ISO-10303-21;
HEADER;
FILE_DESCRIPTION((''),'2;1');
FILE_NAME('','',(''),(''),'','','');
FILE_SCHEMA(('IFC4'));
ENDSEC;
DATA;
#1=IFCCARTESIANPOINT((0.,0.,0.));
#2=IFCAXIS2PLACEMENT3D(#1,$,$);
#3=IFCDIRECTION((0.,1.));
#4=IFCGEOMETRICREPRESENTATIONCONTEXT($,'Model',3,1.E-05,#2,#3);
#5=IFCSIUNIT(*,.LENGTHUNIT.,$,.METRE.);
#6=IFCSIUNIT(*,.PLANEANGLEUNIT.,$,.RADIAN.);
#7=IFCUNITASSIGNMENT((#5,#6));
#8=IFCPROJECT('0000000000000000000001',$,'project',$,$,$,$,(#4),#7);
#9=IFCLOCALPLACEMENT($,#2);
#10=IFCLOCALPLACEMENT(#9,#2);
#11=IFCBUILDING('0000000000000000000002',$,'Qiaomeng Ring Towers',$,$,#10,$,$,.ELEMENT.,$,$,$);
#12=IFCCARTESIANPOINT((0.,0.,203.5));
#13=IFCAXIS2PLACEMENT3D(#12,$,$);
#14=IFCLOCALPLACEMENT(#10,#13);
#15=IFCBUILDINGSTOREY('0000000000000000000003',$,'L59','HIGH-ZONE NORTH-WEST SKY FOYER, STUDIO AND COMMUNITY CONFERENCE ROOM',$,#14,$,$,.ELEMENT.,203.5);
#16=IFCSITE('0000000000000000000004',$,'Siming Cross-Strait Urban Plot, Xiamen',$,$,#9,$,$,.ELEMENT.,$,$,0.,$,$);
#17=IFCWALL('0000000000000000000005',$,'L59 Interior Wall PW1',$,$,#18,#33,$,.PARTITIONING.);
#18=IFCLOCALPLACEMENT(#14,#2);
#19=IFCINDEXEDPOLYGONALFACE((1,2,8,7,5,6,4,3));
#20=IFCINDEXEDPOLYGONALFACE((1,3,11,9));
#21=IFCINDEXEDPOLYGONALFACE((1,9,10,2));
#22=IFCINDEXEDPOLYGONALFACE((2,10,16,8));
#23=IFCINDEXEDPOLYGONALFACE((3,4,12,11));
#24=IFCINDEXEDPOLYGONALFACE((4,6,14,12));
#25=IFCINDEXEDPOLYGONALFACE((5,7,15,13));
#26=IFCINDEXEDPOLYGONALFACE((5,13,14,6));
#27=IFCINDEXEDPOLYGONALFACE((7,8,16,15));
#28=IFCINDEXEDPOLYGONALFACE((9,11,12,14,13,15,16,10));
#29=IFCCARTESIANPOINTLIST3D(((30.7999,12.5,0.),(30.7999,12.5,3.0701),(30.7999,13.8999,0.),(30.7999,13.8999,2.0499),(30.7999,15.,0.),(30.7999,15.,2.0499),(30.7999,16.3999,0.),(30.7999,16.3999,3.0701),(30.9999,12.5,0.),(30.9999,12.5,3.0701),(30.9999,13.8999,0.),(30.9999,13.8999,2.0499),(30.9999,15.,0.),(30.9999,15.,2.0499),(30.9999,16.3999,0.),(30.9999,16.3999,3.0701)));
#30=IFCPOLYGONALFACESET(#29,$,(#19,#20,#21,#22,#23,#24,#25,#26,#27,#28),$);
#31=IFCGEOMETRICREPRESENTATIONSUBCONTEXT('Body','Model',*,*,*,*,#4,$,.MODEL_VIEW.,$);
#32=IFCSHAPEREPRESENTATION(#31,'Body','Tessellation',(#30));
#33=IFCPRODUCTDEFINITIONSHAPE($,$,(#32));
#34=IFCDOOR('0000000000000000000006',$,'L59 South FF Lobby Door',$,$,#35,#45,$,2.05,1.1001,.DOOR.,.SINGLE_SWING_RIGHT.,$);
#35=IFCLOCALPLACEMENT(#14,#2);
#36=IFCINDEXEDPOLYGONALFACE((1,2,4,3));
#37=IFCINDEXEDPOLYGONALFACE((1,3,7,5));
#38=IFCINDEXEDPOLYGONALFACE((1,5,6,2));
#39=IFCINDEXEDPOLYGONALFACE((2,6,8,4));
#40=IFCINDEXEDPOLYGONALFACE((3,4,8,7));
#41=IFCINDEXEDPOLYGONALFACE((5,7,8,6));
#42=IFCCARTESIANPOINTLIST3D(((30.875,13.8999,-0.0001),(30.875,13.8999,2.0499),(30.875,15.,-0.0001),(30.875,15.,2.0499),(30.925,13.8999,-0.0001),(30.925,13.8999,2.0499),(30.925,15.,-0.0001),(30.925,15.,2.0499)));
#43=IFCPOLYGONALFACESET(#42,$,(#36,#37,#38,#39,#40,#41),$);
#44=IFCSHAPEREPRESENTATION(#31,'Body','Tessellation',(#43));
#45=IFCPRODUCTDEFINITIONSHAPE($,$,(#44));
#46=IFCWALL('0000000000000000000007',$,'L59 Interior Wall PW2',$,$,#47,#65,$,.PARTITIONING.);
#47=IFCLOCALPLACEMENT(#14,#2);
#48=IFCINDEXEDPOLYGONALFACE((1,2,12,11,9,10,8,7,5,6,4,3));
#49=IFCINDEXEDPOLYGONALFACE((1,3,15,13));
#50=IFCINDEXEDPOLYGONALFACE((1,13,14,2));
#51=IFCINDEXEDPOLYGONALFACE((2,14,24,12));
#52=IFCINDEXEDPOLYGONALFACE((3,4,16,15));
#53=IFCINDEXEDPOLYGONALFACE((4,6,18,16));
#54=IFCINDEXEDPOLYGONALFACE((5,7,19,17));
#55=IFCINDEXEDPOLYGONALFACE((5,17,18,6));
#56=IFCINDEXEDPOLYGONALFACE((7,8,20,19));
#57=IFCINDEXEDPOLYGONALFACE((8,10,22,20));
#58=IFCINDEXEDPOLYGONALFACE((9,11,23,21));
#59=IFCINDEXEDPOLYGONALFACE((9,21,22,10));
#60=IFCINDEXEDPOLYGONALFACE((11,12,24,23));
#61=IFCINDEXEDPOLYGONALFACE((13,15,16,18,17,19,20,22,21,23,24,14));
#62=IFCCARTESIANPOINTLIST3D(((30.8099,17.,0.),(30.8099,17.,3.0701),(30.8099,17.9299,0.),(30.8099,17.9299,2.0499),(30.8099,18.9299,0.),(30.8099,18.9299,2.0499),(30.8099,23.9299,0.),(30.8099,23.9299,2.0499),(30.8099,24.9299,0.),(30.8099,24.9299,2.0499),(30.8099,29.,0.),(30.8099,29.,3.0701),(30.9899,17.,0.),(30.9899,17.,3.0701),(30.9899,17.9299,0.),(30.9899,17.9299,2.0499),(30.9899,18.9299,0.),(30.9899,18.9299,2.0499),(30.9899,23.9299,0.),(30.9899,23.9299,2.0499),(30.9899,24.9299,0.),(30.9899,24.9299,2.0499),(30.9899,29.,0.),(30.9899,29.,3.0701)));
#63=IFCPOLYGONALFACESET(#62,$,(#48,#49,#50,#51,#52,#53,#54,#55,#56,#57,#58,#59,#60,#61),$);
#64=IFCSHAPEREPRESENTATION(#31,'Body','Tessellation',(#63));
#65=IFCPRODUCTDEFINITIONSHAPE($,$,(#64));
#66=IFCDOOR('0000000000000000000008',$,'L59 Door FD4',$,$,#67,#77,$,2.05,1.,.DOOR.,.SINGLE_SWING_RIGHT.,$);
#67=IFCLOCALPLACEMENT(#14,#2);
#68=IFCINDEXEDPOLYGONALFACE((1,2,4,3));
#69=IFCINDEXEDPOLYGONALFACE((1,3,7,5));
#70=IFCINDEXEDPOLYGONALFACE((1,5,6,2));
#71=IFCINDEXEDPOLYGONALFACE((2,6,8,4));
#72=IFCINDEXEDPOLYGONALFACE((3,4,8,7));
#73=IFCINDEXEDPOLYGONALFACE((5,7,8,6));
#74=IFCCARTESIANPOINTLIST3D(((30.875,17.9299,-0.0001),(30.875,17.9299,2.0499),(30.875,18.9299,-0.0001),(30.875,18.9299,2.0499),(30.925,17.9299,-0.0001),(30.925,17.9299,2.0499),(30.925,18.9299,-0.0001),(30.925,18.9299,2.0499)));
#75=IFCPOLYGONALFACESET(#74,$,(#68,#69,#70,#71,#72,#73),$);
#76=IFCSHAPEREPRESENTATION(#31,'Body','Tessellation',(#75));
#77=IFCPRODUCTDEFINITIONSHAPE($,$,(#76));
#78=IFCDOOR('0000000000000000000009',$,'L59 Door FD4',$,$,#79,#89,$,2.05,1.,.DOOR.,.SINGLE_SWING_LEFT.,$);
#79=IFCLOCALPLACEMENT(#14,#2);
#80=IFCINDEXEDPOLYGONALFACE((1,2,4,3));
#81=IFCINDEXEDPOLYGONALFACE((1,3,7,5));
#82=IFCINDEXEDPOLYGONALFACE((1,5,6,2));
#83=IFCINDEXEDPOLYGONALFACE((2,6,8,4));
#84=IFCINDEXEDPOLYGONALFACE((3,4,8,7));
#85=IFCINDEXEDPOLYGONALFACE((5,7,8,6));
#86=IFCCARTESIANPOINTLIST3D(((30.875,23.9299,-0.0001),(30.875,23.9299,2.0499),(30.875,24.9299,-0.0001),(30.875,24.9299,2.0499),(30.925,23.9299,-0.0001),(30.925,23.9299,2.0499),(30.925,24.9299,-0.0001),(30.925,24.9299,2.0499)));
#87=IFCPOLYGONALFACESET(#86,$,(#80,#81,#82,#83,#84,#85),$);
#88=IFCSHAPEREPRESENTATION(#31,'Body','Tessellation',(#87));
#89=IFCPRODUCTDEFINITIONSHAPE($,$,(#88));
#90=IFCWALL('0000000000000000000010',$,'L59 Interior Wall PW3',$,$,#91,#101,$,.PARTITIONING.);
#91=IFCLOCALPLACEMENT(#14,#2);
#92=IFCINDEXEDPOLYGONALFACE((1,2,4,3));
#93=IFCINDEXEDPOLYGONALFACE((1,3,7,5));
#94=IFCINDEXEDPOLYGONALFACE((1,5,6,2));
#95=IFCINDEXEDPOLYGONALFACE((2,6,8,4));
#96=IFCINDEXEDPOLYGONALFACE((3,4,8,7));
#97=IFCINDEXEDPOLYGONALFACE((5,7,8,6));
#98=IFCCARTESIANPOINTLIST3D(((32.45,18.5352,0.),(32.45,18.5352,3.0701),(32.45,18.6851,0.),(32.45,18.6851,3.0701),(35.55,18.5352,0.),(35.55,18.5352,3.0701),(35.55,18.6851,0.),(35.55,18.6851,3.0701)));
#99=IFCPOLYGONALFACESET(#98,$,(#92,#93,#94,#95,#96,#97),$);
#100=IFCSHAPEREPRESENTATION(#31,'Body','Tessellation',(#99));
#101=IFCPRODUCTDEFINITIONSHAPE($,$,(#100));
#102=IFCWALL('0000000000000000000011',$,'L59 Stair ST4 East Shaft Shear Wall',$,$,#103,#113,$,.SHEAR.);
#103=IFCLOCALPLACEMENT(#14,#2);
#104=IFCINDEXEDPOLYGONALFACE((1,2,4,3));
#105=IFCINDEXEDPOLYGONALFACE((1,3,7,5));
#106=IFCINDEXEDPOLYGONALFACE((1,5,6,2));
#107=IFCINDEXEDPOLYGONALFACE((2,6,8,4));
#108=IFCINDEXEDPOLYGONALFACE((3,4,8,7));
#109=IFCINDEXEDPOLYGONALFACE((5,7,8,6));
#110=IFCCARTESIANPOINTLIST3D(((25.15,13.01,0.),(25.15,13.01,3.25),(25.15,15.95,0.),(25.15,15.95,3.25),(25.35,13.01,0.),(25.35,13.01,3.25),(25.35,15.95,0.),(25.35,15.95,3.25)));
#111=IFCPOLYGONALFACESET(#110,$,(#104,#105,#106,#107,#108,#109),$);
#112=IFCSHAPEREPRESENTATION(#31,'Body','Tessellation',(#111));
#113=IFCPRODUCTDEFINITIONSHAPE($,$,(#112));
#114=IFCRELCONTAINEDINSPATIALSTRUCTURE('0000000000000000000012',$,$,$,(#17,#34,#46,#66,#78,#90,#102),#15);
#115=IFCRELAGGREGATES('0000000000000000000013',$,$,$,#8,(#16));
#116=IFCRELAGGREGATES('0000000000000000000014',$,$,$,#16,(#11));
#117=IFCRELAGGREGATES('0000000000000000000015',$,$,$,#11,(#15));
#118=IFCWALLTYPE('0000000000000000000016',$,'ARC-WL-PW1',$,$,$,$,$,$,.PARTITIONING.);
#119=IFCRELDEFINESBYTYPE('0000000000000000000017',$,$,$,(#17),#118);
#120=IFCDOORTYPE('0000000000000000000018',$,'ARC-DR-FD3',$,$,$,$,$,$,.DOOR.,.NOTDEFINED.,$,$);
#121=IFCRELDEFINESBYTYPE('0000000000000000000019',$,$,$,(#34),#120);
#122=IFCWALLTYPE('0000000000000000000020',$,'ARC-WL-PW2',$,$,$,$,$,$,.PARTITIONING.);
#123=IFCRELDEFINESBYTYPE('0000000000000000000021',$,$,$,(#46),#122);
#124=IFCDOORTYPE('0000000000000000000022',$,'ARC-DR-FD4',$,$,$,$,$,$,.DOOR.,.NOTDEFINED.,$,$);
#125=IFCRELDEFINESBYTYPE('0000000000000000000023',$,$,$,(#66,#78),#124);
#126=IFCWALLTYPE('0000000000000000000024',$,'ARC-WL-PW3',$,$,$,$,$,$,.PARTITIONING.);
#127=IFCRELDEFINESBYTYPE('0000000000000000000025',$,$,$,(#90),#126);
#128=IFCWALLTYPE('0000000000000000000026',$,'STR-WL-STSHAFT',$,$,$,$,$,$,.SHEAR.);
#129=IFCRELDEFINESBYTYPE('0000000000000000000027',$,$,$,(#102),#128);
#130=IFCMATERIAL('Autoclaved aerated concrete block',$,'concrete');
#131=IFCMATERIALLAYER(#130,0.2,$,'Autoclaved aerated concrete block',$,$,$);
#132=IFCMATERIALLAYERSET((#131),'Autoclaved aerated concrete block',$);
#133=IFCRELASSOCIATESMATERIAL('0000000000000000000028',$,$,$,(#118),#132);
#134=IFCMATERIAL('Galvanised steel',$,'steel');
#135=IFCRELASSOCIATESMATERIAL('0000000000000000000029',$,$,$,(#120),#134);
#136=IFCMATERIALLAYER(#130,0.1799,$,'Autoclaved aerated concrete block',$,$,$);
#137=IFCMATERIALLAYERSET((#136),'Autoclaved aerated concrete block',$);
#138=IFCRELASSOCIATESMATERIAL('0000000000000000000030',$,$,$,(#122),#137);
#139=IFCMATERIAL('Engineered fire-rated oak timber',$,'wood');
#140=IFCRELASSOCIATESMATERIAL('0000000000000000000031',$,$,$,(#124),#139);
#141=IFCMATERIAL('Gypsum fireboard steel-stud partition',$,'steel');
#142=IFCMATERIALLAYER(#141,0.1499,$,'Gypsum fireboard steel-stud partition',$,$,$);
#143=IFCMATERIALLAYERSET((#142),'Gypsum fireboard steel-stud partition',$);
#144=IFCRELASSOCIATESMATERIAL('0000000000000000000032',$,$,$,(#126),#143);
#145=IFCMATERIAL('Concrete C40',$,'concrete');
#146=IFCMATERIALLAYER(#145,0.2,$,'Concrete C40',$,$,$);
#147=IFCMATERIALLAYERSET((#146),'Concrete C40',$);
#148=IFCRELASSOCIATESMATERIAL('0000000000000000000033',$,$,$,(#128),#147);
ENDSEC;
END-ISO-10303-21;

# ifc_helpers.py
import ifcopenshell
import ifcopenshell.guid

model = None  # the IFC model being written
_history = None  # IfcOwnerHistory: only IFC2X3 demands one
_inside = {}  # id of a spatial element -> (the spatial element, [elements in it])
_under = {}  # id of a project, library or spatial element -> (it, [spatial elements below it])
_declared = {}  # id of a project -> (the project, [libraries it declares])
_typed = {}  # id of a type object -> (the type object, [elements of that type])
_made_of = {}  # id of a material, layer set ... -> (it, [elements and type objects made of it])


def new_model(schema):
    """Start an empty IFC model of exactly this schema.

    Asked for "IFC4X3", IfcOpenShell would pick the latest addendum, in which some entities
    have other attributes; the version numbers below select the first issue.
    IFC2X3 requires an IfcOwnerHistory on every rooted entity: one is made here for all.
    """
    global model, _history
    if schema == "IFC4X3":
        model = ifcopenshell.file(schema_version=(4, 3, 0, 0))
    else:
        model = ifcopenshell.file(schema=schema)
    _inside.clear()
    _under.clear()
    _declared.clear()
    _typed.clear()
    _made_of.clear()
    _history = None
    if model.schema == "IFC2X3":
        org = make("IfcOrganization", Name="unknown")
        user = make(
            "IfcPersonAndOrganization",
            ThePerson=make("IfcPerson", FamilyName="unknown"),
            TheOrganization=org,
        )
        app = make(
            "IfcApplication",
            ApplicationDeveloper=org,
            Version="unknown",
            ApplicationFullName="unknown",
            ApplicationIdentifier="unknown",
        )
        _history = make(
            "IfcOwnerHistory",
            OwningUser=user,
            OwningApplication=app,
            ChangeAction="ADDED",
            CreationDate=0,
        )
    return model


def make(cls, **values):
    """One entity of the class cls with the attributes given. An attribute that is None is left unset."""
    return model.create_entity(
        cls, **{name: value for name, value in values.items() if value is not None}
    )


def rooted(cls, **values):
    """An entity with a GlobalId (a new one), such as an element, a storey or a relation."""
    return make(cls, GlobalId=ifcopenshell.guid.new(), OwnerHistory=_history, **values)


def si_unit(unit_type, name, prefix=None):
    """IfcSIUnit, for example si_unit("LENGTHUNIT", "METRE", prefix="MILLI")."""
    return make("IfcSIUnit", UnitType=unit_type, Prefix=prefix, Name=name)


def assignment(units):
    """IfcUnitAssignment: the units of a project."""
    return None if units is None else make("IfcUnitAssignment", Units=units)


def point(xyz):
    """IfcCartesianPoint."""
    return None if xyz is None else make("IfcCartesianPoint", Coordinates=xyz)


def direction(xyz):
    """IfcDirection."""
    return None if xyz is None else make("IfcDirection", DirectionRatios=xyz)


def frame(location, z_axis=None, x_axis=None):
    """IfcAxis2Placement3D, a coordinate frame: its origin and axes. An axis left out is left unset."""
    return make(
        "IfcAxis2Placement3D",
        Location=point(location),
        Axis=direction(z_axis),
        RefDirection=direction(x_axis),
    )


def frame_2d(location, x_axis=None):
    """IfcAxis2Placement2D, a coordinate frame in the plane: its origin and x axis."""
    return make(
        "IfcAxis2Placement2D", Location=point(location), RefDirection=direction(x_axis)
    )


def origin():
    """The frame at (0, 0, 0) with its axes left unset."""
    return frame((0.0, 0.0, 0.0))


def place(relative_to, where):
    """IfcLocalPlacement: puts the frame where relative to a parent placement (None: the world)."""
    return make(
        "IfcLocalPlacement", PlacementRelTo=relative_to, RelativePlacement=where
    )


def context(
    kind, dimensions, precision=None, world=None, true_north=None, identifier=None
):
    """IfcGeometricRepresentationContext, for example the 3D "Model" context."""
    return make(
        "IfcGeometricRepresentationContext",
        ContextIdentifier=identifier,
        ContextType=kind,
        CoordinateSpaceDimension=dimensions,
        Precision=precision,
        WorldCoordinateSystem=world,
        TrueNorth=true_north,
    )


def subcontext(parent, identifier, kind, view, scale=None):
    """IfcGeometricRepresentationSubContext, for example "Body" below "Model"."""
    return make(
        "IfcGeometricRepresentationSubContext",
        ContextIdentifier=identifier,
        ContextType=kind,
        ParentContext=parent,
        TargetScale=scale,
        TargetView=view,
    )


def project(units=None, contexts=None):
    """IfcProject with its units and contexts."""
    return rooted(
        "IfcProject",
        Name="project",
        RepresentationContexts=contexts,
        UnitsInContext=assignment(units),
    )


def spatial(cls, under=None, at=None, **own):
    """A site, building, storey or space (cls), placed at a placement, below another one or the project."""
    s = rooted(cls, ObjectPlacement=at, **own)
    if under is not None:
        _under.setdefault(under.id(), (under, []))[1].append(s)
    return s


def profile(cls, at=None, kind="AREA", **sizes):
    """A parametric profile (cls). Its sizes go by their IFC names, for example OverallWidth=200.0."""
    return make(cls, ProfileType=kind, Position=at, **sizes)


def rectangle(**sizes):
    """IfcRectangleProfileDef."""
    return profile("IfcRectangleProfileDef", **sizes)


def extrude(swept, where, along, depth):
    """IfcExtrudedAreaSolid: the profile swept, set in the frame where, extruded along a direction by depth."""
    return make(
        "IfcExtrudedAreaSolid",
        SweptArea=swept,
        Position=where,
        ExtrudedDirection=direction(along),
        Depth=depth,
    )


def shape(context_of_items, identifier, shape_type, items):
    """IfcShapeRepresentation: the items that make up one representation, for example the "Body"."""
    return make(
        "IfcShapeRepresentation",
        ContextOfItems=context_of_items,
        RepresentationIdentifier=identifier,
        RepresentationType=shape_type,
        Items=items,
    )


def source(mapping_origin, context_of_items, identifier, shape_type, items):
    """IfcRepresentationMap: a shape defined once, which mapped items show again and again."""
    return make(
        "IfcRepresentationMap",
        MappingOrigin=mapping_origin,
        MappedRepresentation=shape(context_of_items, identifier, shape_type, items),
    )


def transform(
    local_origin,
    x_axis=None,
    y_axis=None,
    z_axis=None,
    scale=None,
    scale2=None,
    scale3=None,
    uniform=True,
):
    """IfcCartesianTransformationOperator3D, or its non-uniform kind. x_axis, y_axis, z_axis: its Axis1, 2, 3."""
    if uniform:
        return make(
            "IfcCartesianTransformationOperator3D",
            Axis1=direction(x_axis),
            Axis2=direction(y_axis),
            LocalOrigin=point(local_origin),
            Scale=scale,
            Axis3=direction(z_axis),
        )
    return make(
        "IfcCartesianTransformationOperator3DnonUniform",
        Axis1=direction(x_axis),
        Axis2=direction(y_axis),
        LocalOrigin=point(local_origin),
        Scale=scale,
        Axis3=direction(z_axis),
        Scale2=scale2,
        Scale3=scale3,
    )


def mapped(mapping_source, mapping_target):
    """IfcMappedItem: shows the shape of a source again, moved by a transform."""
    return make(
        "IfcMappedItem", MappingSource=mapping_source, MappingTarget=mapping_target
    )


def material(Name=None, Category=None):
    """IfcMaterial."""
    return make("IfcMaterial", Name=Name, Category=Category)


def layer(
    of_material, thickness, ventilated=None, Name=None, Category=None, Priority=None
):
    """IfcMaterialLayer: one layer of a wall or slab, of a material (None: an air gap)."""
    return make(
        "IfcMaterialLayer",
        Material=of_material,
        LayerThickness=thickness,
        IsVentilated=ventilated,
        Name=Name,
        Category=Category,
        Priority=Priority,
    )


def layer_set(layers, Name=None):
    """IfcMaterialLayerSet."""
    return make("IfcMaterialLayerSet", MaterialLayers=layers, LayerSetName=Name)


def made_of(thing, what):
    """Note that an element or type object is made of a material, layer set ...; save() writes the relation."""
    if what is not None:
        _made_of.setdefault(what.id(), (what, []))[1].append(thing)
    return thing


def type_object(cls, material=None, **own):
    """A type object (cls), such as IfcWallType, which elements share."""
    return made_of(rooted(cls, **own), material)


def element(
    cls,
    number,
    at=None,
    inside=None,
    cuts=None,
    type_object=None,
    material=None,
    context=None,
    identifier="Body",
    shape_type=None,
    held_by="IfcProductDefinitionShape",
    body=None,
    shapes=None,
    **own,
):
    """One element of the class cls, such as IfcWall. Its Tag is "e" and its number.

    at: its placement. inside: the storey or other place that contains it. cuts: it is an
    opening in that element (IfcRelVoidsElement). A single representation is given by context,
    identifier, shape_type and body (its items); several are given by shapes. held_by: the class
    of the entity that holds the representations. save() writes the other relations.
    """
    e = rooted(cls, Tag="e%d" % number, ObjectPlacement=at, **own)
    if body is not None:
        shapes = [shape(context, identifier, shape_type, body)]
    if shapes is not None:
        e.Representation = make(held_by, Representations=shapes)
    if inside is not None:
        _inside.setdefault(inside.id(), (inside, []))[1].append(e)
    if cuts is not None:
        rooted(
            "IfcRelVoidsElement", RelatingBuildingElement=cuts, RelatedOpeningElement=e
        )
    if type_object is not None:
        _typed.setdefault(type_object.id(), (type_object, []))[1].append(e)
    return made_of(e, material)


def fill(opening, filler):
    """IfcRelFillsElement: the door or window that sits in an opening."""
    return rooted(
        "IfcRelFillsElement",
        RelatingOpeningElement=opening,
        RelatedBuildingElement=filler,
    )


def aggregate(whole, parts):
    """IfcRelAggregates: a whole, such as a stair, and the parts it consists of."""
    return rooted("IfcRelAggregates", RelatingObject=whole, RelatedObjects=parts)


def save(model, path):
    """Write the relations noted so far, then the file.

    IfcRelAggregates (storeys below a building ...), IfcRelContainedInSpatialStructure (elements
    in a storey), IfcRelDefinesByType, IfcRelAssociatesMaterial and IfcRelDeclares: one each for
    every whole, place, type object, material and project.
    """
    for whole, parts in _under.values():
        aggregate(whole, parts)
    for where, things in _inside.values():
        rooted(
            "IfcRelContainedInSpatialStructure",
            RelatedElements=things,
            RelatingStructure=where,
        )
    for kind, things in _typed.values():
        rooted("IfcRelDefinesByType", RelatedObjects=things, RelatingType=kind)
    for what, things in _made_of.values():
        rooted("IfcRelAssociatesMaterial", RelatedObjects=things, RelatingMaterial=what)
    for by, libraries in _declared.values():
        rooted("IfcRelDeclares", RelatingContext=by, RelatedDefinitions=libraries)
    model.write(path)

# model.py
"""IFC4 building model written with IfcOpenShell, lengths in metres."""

from ifc_helpers import new_model, si_unit, direction, frame, frame_2d, origin, place, context, subcontext, project, spatial, rectangle, extrude, source, transform, mapped, material, layer, layer_set, type_object, element, fill, save


model = new_model("IFC4")

# Units and contexts
model_context = context("Model", 3, precision=1e-05, world=origin(), true_north=direction((0.0, 1.0)))
body_context = subcontext(model_context, "Body", "Model", "MODEL_VIEW")
ifc_project = project(units=[si_unit("LENGTHUNIT", "METRE"), si_unit("PLANEANGLEUNIT", "RADIAN")], contexts=[model_context])

# Site, building, storey
site_placement = place(None, origin())
site = spatial("IfcSite", under=ifc_project, at=site_placement, Name="Siming Cross-Strait Urban Plot, Xiamen", CompositionType="ELEMENT", RefElevation=0.0)
building_placement = place(site_placement, origin())
building = spatial("IfcBuilding", under=site, at=building_placement, Name="Qiaomeng Ring Towers", CompositionType="ELEMENT")
storey_placement = place(building_placement, frame((0.0, 0.0, 203.5)))
storey = spatial("IfcBuildingStorey", under=building, at=storey_placement, Name="L59", Description="HIGH-ZONE NORTH-WEST SKY FOYER, STUDIO AND COMMUNITY CONFERENCE ROOM", CompositionType="ELEMENT", Elevation=203.5)

# Shared definitions
ifc_material_1 = material(Name="Concrete C40", Category="concrete")

# Shared definitions
ifc_material_2 = material(Name="Autoclaved aerated concrete block", Category="concrete")
ifc_layer_1 = layer(ifc_material_2, 0.2, Name="Autoclaved aerated concrete block")
ifc_layer_set_1 = layer_set([ifc_layer_1], Name="Autoclaved aerated concrete block")
wall_type_1 = type_object("IfcWallType", Name="ARC-WL-PW1", PredefinedType="PARTITIONING", material=ifc_layer_set_1)

# Wall, opening, door
wall_1_placement = place(storey_placement, frame((30.8999, 12.5, 0.0), z_axis=(0.0, 0.0, 1.0), x_axis=(0.0, 1.0, 0.0)))
wall_1 = element("IfcWall", 1, at=wall_1_placement, inside=storey, type_object=wall_type_1, Name="L59 Interior Wall PW1", PredefinedType="PARTITIONING", context=body_context, shape_type="SweptSolid", body=[
    extrude(rectangle(XDim=3.8999, YDim=0.2, at=frame_2d((1.95, 0.0))), origin(), (0.0, 0.0, 1.0), 3.0701),
])
opening_1_placement = place(wall_1_placement, frame((1.3999, 0.0, 0.0)))
opening_1 = element("IfcOpeningElement", 2, at=opening_1_placement, cuts=wall_1, PredefinedType="OPENING", context=body_context, shape_type="SweptSolid", body=[
    extrude(rectangle(XDim=1.1001, YDim=2.05, at=frame_2d((0.55, 1.0249))), frame((0.0, 0.1099, 0.0), z_axis=(0.0, -1.0, 0.0), x_axis=(1.0, 0.0, 0.0)), (0.0, 0.0, 1.0), 0.22),
])
ifc_material_3 = material(Name="Galvanised steel", Category="steel")
door_type_1 = type_object("IfcDoorType", Name="ARC-DR-FD3", OperationType="NOTDEFINED", PredefinedType="DOOR", material=ifc_material_3)
shared_shape_1 = source(origin(), body_context, "Body", "SweptSolid", [
    extrude(rectangle(XDim=1.1001, YDim=2.05, at=frame_2d((0.55, 1.0249))), frame((0.0, 0.0249, 0.0), z_axis=(0.0, -1.0, 0.0), x_axis=(1.0, 0.0, 0.0)), (0.0, 0.0, 1.0), 0.05),
])
door_1_placement = place(opening_1_placement, origin())
door_1 = element("IfcDoor", 3, at=door_1_placement, inside=storey, type_object=door_type_1, Name="L59 South FF Lobby Door", OperationType="SINGLE_SWING_RIGHT", OverallHeight=2.05, OverallWidth=1.1001, PredefinedType="DOOR", context=body_context, shape_type="MappedRepresentation", body=[
    mapped(shared_shape_1, transform((0.0, 0.0, 0.0), x_axis=(1.0, 0.0, 0.0), y_axis=(0.0, 1.0, 0.0), z_axis=(0.0, 0.0, 1.0), scale=1.0)),
])
fill(opening_1, door_1)

# Wall, openings, doors
ifc_layer_2 = layer(ifc_material_2, 0.1799, Name="Autoclaved aerated concrete block")
ifc_layer_set_2 = layer_set([ifc_layer_2], Name="Autoclaved aerated concrete block")
wall_type_2 = type_object("IfcWallType", Name="ARC-WL-PW2", PredefinedType="PARTITIONING", material=ifc_layer_set_2)
wall_2_placement = place(storey_placement, frame((30.8999, 17.0, 0.0), z_axis=(0.0, 0.0, 1.0), x_axis=(0.0, 1.0, 0.0)))
wall_2 = element("IfcWall", 4, at=wall_2_placement, inside=storey, type_object=wall_type_2, Name="L59 Interior Wall PW2", PredefinedType="PARTITIONING", context=body_context, shape_type="SweptSolid", body=[
    extrude(rectangle(XDim=12.0, YDim=0.1799, at=frame_2d((6.0, 0.0))), origin(), (0.0, 0.0, 1.0), 3.0701),
])
opening_2_placement = place(wall_2_placement, frame((0.9299, 0.0, 0.0)))
opening_2 = element("IfcOpeningElement", 5, at=opening_2_placement, cuts=wall_2, PredefinedType="OPENING", context=body_context, shape_type="SweptSolid", body=[
    extrude(rectangle(XDim=1.0, YDim=2.05, at=frame_2d((0.5, 1.0249))), frame((0.0, 0.0999, 0.0), z_axis=(0.0, -1.0, 0.0), x_axis=(1.0, 0.0, 0.0)), (0.0, 0.0, 1.0), 0.2),
])
opening_3_placement = place(wall_2_placement, frame((6.9299, 0.0, 0.0)))
opening_3 = element("IfcOpeningElement", 6, at=opening_3_placement, cuts=wall_2, PredefinedType="OPENING", context=body_context, shape_type="SweptSolid", body=[
    extrude(rectangle(XDim=1.0, YDim=2.05, at=frame_2d((0.5, 1.0249))), frame((0.0, 0.0999, 0.0), z_axis=(0.0, -1.0, 0.0), x_axis=(1.0, 0.0, 0.0)), (0.0, 0.0, 1.0), 0.2),
])
ifc_material_4 = material(Name="Engineered fire-rated oak timber", Category="wood")
door_type_2 = type_object("IfcDoorType", Name="ARC-DR-FD4", OperationType="NOTDEFINED", PredefinedType="DOOR", material=ifc_material_4)
shared_shape_2 = source(origin(), body_context, "Body", "SweptSolid", [
    extrude(rectangle(XDim=1.0, YDim=2.05, at=frame_2d((0.5, 1.0249))), frame((0.0, 0.0249, 0.0), z_axis=(0.0, -1.0, 0.0), x_axis=(1.0, 0.0, 0.0)), (0.0, 0.0, 1.0), 0.05),
])
door_2_placement = place(opening_2_placement, origin())
door_2 = element("IfcDoor", 7, at=door_2_placement, inside=storey, type_object=door_type_2, Name="L59 Door FD4", OperationType="SINGLE_SWING_RIGHT", OverallHeight=2.05, OverallWidth=1.0, PredefinedType="DOOR", context=body_context, shape_type="MappedRepresentation", body=[
    mapped(shared_shape_2, transform((0.0, 0.0, 0.0), x_axis=(1.0, 0.0, 0.0), y_axis=(0.0, 1.0, 0.0), z_axis=(0.0, 0.0, 1.0), scale=1.0)),
])
fill(opening_2, door_2)
door_3_placement = place(opening_3_placement, origin())
door_3 = element("IfcDoor", 8, at=door_3_placement, inside=storey, type_object=door_type_2, Name="L59 Door FD4", OperationType="SINGLE_SWING_LEFT", OverallHeight=2.05, OverallWidth=1.0, PredefinedType="DOOR", context=body_context, shape_type="MappedRepresentation", body=[
    mapped(shared_shape_2, transform((0.0, 0.0, 0.0), x_axis=(1.0, 0.0, 0.0), y_axis=(0.0, 1.0, 0.0), z_axis=(0.0, 0.0, 1.0), scale=1.0)),
])
fill(opening_3, door_3)

# Walls
ifc_material_5 = material(Name="Gypsum fireboard steel-stud partition", Category="steel")
ifc_layer_3 = layer(ifc_material_5, 0.1499, Name="Gypsum fireboard steel-stud partition")
ifc_layer_set_3 = layer_set([ifc_layer_3], Name="Gypsum fireboard steel-stud partition")
wall_type_3 = type_object("IfcWallType", Name="ARC-WL-PW3", PredefinedType="PARTITIONING", material=ifc_layer_set_3)
wall_3_placement = place(storey_placement, frame((32.45, 18.6101, 0.0), z_axis=(0.0, 0.0, 1.0), x_axis=(1.0, 0.0, 0.0)))
element("IfcWall", 9, at=wall_3_placement, inside=storey, type_object=wall_type_3, Name="L59 Interior Wall PW3", PredefinedType="PARTITIONING", context=body_context, shape_type="SweptSolid", body=[
    extrude(rectangle(XDim=3.1001, YDim=0.1499, at=frame_2d((1.55, 0.0))), origin(), (0.0, 0.0, 1.0), 3.0701),
])
ifc_layer_4 = layer(ifc_material_1, 0.2, Name="Concrete C40")
ifc_layer_set_4 = layer_set([ifc_layer_4], Name="Concrete C40")
wall_type_4 = type_object("IfcWallType", Name="STR-WL-STSHAFT", PredefinedType="SHEAR", material=ifc_layer_set_4)
wall_4_placement = place(storey_placement, frame((25.25, 13.01, 0.0), z_axis=(0.0, 0.0, 1.0), x_axis=(0.0, 1.0, 0.0)))
element("IfcWall", 10, at=wall_4_placement, inside=storey, type_object=wall_type_4, Name="L59 Stair ST4 East Shaft Shear Wall", PredefinedType="SHEAR", context=body_context, shape_type="SweptSolid", body=[
    extrude(rectangle(XDim=2.9399, YDim=0.2, at=frame_2d((1.47, 0.0))), origin(), (0.0, 0.0, 1.0), 3.25),
])

save(model, "model.ifc")
